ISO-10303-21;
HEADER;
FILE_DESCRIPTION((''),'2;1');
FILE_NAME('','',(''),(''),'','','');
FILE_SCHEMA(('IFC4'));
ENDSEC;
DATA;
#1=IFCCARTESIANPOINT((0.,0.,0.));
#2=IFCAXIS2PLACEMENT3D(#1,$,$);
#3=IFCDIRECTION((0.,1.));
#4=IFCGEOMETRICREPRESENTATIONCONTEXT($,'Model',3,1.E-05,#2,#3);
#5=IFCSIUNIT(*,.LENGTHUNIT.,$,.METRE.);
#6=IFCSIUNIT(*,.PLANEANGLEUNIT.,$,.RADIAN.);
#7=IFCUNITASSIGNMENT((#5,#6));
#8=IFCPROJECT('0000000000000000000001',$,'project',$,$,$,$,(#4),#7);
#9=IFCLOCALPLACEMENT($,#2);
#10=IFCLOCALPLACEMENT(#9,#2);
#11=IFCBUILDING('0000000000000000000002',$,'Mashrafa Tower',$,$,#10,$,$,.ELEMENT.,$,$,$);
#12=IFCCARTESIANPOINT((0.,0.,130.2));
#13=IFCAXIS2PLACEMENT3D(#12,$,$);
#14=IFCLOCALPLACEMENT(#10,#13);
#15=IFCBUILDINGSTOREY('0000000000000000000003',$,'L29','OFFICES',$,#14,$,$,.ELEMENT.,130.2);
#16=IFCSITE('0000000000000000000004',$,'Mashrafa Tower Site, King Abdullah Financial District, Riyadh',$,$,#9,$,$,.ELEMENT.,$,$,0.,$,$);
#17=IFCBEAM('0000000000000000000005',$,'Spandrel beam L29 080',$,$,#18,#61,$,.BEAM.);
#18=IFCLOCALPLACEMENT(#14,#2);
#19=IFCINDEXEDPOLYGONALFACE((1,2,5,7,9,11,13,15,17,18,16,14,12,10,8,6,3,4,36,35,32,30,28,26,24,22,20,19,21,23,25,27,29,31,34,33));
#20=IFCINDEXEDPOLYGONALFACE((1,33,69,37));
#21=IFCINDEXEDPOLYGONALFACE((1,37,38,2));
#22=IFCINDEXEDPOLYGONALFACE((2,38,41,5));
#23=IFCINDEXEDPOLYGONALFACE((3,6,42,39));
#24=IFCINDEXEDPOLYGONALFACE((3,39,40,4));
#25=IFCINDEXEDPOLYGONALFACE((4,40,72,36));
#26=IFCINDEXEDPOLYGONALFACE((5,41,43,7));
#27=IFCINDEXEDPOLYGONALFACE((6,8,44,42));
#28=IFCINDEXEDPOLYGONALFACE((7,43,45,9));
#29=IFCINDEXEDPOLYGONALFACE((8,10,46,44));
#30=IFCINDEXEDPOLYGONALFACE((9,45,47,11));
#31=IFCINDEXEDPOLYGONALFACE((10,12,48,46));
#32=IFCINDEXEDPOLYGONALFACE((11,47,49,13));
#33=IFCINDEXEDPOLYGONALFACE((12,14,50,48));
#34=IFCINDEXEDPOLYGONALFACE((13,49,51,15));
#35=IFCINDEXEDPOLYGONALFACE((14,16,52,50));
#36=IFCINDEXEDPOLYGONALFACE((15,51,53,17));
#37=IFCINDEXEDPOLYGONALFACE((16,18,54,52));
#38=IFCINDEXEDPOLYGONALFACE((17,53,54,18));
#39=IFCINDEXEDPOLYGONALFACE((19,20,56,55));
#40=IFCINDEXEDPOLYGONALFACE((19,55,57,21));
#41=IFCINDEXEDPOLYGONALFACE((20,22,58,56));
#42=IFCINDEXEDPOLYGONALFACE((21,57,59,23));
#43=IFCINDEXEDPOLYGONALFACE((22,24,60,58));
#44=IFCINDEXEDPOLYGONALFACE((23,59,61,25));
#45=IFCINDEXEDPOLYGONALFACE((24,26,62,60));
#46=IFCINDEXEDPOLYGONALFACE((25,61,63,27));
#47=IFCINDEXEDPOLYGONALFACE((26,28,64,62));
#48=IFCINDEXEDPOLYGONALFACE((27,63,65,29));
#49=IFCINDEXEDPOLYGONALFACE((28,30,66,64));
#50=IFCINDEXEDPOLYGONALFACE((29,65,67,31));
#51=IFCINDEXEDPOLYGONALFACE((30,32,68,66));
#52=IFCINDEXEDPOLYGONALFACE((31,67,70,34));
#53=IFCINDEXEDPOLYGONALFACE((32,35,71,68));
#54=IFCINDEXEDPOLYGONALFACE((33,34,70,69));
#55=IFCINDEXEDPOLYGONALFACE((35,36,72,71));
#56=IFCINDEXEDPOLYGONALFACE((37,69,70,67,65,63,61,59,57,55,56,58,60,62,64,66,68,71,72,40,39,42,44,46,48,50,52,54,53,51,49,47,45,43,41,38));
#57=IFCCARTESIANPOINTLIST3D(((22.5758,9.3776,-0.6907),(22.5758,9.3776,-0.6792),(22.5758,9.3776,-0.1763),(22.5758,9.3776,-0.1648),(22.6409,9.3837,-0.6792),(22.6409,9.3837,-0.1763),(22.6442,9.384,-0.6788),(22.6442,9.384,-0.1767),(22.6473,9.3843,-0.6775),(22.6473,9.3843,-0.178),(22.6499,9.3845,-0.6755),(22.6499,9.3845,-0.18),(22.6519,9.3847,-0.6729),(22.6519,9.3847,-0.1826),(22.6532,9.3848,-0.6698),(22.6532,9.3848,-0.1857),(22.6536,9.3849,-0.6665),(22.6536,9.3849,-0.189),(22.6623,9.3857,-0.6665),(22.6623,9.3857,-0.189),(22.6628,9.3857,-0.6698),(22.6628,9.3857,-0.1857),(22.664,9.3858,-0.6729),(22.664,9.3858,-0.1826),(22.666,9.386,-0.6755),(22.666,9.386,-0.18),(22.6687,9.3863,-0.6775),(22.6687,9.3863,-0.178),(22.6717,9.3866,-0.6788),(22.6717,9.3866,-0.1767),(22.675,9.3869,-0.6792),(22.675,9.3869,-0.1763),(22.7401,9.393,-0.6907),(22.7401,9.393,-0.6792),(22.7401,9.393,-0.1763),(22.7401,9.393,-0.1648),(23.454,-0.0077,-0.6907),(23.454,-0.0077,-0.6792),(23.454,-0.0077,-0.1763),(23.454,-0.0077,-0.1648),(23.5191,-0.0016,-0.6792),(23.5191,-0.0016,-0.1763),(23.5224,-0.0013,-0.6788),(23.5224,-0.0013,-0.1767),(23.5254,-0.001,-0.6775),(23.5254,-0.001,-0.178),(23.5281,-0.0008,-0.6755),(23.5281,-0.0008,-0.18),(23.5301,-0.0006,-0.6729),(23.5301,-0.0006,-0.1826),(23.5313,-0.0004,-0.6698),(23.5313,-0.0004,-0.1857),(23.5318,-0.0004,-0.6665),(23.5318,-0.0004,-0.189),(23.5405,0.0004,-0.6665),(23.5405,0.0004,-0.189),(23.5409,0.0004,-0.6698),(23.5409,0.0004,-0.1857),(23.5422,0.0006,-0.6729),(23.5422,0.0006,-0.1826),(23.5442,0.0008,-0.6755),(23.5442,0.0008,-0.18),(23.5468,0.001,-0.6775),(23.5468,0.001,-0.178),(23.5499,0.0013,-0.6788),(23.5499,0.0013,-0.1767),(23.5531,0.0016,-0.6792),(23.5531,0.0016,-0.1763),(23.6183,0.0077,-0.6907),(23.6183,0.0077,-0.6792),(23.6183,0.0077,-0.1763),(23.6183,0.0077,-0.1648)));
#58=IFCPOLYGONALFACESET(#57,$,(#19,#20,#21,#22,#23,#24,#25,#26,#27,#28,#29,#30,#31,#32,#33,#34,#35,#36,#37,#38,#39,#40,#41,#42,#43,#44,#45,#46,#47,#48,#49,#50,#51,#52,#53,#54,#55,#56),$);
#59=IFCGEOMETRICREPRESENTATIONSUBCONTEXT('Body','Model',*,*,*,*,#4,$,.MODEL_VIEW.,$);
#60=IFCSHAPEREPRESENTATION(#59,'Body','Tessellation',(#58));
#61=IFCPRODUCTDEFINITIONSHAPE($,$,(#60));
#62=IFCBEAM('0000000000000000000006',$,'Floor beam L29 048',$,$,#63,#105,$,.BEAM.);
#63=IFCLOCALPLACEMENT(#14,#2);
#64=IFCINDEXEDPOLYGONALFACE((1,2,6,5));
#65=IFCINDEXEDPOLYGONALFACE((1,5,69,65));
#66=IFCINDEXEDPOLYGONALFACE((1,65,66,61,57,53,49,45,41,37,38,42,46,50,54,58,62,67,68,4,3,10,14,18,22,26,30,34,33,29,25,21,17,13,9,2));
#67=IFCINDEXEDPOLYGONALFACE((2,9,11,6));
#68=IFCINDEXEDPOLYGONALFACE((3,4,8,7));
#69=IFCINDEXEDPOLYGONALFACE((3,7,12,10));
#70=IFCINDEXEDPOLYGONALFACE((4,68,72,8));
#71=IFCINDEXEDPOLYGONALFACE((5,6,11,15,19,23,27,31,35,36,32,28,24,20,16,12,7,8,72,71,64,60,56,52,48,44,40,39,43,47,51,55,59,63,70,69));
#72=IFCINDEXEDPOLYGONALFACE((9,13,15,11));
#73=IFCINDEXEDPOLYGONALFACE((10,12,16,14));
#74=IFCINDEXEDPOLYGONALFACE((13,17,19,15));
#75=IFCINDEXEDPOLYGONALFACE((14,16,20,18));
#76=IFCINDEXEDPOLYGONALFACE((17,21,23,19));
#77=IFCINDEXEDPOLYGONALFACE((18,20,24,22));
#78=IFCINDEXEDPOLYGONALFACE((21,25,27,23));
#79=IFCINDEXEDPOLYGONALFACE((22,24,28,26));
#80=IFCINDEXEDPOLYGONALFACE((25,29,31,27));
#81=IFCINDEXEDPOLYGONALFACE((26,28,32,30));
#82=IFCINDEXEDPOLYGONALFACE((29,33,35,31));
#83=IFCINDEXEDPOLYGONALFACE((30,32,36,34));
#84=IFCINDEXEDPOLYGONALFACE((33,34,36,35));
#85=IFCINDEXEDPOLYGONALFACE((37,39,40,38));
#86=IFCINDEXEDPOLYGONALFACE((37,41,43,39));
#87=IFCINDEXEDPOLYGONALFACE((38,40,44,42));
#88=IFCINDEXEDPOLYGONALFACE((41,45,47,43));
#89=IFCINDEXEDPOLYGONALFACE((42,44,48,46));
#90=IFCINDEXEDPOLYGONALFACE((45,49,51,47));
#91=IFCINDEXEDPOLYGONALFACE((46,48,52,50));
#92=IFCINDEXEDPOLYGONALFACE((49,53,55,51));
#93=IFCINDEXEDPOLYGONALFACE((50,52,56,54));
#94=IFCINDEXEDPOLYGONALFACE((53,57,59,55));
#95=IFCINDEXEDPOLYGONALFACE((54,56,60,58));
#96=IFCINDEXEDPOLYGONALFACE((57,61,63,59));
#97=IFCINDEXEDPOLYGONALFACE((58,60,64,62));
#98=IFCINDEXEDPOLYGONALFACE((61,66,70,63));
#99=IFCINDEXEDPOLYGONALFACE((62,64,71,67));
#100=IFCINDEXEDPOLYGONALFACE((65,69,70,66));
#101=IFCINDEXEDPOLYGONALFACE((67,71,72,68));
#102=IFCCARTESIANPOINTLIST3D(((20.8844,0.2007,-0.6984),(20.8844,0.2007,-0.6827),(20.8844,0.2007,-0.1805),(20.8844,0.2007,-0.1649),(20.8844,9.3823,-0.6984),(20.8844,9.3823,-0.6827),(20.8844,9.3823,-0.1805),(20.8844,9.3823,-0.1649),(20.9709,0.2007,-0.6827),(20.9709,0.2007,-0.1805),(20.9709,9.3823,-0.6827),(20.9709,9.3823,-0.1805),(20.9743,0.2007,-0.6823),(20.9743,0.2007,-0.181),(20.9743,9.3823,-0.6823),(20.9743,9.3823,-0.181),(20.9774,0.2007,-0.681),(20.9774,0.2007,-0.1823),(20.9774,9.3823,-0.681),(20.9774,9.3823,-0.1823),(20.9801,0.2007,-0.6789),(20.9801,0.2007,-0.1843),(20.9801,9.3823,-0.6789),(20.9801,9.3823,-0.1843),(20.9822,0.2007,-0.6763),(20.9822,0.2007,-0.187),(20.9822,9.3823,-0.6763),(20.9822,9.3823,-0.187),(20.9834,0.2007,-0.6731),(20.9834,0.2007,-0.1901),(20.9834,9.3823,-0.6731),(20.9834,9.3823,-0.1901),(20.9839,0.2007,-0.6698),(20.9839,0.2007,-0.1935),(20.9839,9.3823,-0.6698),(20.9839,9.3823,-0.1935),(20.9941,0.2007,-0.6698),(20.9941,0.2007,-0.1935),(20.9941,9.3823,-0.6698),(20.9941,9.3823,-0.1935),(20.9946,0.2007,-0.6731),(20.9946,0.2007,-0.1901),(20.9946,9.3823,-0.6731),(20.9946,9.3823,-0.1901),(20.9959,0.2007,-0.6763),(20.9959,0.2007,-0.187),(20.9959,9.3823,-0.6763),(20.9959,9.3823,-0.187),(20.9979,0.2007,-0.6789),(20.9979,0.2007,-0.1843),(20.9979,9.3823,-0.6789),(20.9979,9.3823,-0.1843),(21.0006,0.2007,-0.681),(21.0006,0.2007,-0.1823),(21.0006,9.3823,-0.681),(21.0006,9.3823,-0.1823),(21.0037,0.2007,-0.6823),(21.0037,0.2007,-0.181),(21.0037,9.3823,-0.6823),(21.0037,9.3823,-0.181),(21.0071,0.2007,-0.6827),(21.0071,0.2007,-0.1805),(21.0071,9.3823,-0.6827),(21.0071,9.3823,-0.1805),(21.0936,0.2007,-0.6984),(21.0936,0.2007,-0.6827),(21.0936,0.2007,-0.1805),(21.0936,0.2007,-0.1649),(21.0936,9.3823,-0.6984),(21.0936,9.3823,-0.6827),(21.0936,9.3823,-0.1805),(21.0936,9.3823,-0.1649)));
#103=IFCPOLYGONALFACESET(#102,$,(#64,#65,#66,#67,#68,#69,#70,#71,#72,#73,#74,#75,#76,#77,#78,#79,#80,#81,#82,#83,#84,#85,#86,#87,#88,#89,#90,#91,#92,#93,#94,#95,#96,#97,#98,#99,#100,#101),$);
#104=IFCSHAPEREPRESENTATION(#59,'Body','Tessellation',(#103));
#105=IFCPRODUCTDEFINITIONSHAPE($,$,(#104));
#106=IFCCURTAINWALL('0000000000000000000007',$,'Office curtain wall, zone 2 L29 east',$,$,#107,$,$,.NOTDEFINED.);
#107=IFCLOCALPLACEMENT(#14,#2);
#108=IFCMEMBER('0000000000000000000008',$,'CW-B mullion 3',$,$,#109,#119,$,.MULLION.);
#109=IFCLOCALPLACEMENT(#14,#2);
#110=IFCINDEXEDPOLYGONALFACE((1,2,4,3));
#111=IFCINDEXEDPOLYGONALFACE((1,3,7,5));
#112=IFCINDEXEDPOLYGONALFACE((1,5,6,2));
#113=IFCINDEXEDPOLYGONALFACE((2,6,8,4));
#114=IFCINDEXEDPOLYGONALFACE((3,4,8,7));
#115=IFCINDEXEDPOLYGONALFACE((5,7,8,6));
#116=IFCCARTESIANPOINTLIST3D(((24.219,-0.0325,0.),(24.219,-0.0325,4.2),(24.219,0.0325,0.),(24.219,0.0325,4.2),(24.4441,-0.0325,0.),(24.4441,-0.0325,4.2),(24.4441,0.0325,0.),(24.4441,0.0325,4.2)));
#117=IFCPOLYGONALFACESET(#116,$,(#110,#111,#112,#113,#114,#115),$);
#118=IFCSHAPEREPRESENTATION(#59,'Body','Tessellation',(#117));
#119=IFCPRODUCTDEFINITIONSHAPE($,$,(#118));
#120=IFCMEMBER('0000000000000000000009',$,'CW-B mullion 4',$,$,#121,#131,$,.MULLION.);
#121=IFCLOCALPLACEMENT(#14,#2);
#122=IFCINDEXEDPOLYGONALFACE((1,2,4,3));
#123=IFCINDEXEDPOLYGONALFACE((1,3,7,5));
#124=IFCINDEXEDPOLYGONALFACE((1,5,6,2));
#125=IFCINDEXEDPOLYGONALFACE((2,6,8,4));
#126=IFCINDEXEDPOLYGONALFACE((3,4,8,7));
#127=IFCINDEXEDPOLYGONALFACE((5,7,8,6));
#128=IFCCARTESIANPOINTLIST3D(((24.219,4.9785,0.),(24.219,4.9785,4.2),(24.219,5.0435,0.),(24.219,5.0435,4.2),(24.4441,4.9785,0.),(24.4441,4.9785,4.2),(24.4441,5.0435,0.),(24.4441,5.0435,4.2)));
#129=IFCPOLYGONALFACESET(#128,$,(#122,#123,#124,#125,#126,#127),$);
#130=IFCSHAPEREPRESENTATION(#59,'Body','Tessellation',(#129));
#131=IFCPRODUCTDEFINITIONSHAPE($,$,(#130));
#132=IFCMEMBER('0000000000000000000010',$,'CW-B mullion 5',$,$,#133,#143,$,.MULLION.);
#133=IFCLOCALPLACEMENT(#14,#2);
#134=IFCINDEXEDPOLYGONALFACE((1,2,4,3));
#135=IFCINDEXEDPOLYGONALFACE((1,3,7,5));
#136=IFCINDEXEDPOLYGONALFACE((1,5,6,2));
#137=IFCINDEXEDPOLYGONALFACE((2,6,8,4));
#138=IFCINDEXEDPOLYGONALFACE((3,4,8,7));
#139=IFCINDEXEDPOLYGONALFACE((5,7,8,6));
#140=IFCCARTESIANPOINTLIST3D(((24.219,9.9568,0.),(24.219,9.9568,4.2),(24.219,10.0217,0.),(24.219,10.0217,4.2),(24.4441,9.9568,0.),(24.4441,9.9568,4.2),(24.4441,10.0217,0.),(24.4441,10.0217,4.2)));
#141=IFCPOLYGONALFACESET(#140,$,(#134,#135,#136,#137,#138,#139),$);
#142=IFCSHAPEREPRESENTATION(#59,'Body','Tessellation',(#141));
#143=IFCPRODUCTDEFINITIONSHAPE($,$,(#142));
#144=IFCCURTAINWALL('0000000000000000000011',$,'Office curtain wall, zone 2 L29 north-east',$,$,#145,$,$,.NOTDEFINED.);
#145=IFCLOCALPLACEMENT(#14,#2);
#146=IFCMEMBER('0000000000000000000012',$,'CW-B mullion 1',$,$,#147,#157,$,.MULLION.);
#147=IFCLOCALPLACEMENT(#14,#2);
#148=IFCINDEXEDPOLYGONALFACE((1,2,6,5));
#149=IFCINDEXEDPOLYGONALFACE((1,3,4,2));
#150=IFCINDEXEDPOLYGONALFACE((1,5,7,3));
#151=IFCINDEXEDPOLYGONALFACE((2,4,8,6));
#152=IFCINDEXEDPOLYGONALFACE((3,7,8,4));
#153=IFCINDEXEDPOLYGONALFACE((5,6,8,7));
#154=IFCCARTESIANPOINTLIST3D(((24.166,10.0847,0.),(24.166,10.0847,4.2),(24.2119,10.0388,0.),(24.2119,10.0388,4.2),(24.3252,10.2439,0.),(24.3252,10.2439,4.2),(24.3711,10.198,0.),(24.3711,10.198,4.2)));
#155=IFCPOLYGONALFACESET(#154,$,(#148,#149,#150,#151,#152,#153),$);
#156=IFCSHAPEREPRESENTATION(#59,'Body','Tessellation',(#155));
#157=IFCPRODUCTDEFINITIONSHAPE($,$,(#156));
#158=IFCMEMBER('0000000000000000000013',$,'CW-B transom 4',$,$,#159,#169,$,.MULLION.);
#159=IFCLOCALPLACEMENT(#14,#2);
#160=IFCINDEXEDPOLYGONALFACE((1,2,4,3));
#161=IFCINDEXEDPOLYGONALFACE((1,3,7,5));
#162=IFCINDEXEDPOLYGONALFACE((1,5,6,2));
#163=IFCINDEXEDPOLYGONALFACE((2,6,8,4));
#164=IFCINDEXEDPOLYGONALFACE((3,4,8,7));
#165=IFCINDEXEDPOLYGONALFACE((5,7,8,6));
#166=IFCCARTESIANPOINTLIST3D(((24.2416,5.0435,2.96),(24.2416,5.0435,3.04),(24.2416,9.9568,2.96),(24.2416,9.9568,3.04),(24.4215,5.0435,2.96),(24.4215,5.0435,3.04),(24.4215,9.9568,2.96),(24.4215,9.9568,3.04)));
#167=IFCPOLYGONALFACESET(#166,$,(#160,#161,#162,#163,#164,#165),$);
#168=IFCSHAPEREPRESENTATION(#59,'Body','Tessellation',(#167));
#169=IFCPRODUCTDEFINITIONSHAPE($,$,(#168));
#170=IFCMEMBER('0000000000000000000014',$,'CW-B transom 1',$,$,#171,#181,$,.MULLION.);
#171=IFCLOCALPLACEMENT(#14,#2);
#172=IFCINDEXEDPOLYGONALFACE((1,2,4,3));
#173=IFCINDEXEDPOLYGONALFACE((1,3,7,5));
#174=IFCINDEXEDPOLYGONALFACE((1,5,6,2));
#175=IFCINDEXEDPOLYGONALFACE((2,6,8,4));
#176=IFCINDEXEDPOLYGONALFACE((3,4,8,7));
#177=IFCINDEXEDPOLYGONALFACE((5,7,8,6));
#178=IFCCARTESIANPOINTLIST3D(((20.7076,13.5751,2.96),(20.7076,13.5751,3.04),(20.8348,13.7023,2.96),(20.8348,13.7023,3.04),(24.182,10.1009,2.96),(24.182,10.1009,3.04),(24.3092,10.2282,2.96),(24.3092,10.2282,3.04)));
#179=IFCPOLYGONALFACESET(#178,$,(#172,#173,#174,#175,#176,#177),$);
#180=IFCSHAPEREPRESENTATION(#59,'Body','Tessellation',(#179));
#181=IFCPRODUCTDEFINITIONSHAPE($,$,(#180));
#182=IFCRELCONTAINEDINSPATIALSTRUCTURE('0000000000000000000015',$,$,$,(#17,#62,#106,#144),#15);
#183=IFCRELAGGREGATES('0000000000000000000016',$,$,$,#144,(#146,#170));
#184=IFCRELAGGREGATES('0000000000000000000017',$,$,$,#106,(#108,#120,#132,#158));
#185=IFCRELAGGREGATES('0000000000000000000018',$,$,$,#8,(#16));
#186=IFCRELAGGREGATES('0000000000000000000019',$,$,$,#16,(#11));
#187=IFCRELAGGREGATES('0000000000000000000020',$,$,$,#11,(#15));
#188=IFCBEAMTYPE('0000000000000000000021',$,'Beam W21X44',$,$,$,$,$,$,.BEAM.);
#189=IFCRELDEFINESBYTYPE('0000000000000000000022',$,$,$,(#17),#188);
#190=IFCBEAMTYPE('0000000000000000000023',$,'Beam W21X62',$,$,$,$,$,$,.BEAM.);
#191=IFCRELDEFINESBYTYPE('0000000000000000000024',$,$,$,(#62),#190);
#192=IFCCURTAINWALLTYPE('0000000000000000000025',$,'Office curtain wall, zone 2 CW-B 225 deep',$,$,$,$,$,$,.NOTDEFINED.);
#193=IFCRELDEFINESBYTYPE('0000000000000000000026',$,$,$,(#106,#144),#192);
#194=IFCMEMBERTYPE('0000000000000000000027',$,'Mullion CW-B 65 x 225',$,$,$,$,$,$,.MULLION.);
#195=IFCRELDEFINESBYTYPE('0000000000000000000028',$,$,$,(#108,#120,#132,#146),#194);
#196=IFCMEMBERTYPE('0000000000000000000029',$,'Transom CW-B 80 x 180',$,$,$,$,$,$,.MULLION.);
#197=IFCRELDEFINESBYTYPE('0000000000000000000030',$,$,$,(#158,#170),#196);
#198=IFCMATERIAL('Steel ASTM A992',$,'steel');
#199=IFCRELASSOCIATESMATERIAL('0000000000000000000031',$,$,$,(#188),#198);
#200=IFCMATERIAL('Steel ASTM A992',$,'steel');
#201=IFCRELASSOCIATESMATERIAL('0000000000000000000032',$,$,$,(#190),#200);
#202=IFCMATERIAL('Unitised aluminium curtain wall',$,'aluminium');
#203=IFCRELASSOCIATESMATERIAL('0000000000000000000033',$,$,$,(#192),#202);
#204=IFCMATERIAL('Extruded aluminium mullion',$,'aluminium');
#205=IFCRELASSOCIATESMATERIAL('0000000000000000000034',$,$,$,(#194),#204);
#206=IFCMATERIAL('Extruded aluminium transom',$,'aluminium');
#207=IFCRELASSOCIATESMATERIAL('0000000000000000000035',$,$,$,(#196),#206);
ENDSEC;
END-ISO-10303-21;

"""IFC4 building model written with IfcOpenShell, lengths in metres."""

from ifc_helpers import new_model, si_unit, direction, frame, origin, origin_2d, place, context, subcontext, project, spatial, rectangle, i_section, extrude, source, transform, mapped, material, material_profile, profile_set, type_object, type_shapes, element, aggregate, save


model = new_model("IFC4")

# Units and contexts
model_context = context("Model", 3, precision=1e-05, world=origin(), true_north=direction((0.0, 1.0)))
body_context = subcontext(model_context, "Body", "Model", "MODEL_VIEW")
ifc_project = project(units=[si_unit("LENGTHUNIT", "METRE"), si_unit("PLANEANGLEUNIT", "RADIAN")], contexts=[model_context])

# Site, building, storey
site_placement = place(None, origin())
site = spatial("IfcSite", under=ifc_project, at=site_placement, Name="Mashrafa Tower Site, King Abdullah Financial District, Riyadh", CompositionType="ELEMENT", RefElevation=0.0)
building_placement = place(site_placement, origin())
building = spatial("IfcBuilding", under=site, at=building_placement, Name="Mashrafa Tower", CompositionType="ELEMENT")
storey_placement = place(building_placement, frame((0.0, 0.0, 130.2)))
storey = spatial("IfcBuildingStorey", under=building, at=storey_placement, Name="L29", Description="OFFICES", CompositionType="ELEMENT", Elevation=130.2)

# Beams
ifc_material_1 = material(Name="Steel ASTM A992", Category="steel")
ifc_material_profile_1 = material_profile(ifc_material_1, i_section(OverallWidth=0.165, OverallDepth=0.5259, WebThickness=0.0088, FlangeThickness=0.0115, FilletRadius=0.0127, at=origin_2d()), Name="W21X44")
ifc_profile_set_1 = profile_set([ifc_material_profile_1], Name="Steel ASTM A992")
beam_type_1 = type_object("IfcBeamType", Name="Beam W21X44", PredefinedType="BEAM", material=ifc_profile_set_1)
for number, where, z_axis, x_axis, name in (
    (1, (23.5361, 0.0, -0.4277), (-0.093163, 0.995651, 0.0), (-0.995651, -0.093163, 0.0), "Spandrel beam L29 080"),
):
    element("IfcBeam", number, at=place(storey_placement, frame(where, z_axis=z_axis, x_axis=x_axis)), inside=storey, type_object=beam_type_1, Name=name, PredefinedType="BEAM", context=body_context, shape_type="SweptSolid", body=[
        extrude(i_section(OverallWidth=0.165, OverallDepth=0.5259, WebThickness=0.0088, FlangeThickness=0.0115, FilletRadius=0.0127, at=origin_2d()), origin(), (0.0, 0.0, 1.0), 9.4263),
    ])
ifc_material_2 = material(Name="Steel ASTM A992", Category="steel")
ifc_material_profile_2 = material_profile(ifc_material_2, i_section(OverallWidth=0.2092, OverallDepth=0.5334, WebThickness=0.0103, FlangeThickness=0.0156, FilletRadius=0.0129, at=origin_2d()), Name="W21X62")
ifc_profile_set_2 = profile_set([ifc_material_profile_2], Name="Steel ASTM A992")
beam_type_2 = type_object("IfcBeamType", Name="Beam W21X62", PredefinedType="BEAM", material=ifc_profile_set_2)
beam_1_placement = place(storey_placement, frame((20.989, 9.3823, -0.4316), z_axis=(0.0, -1.0, 0.0), x_axis=(1.0, 0.0, 0.0)))
element("IfcBeam", 2, at=beam_1_placement, inside=storey, type_object=beam_type_2, Name="Floor beam L29 048", PredefinedType="BEAM", context=body_context, shape_type="SweptSolid", body=[
    extrude(i_section(OverallWidth=0.2092, OverallDepth=0.5334, WebThickness=0.0103, FlangeThickness=0.0156, FilletRadius=0.0129, at=origin_2d()), origin(), (0.0, 0.0, 1.0), 9.1816),
])

# Curtain wall, members
ifc_material_3 = material(Name="Unitised aluminium curtain wall", Category="aluminium")
curtain_wall_type = type_object("IfcCurtainWallType", Name="Office curtain wall, zone 2 CW-B 225 deep", PredefinedType="NOTDEFINED", material=ifc_material_3)
curtain_wall_1_placement = place(storey_placement, origin())
curtain_wall_1 = element("IfcCurtainWall", 3, at=curtain_wall_1_placement, inside=storey, type_object=curtain_wall_type, Name="Office curtain wall, zone 2 L29 east", PredefinedType="NOTDEFINED")
ifc_material_4 = material(Name="Extruded aluminium mullion", Category="aluminium")
ifc_material_profile_3 = material_profile(ifc_material_4, rectangle(XDim=0.2251, YDim=0.0649, at=origin_2d()), Name="Mullion 65x225")
ifc_profile_set_3 = profile_set([ifc_material_profile_3], Name="Extruded aluminium mullion")
member_type_1 = type_object("IfcMemberType", Name="Mullion CW-B 65 x 225", PredefinedType="MULLION", material=ifc_profile_set_3)
shared_shape_1 = source(origin(), body_context, "Body", "SweptSolid", [
    extrude(rectangle(XDim=0.2251, YDim=0.0649, at=origin_2d()), origin(), (0.0, 0.0, 1.0), 4.2),
])
type_shapes(member_type_1, [shared_shape_1])
member_1_placement = place(storey_placement, frame((24.3315, 0.0, 0.0), z_axis=(0.0, 0.0, 1.0), x_axis=(-1.0, 0.0, 0.0)))
member_1 = element("IfcMember", 4, at=member_1_placement, type_object=member_type_1, Name="CW-B mullion 3", PredefinedType="MULLION", context=body_context, shape_type="MappedRepresentation", body=[
    mapped(shared_shape_1, transform((0.0, 0.0, 0.0))),
])
member_2_placement = place(storey_placement, frame((24.3315, 5.011, 0.0), z_axis=(0.0, 0.0, 1.0), x_axis=(-1.0, 0.0, 0.0)))
member_2 = element("IfcMember", 5, at=member_2_placement, type_object=member_type_1, Name="CW-B mullion 4", PredefinedType="MULLION", context=body_context, shape_type="MappedRepresentation", body=[
    mapped(shared_shape_1, transform((0.0, 0.0, 0.0))),
])
member_3_placement = place(storey_placement, frame((24.3315, 9.9893, 0.0), z_axis=(0.0, 0.0, 1.0), x_axis=(-1.0, 0.0, 0.0)))
member_3 = element("IfcMember", 6, at=member_3_placement, type_object=member_type_1, Name="CW-B mullion 5", PredefinedType="MULLION", context=body_context, shape_type="MappedRepresentation", body=[
    mapped(shared_shape_1, transform((0.0, 0.0, 0.0))),
])

# Curtain wall, member
curtain_wall_2_placement = place(storey_placement, origin())
curtain_wall_2 = element("IfcCurtainWall", 7, at=curtain_wall_2_placement, inside=storey, type_object=curtain_wall_type, Name="Office curtain wall, zone 2 L29 north-east", PredefinedType="NOTDEFINED")
member_4_placement = place(storey_placement, frame((24.2686, 10.1414, 0.0), z_axis=(0.0, 0.0, 1.0), x_axis=(-0.707107, -0.707107, 0.0)))
member_4 = element("IfcMember", 8, at=member_4_placement, type_object=member_type_1, Name="CW-B mullion 1", PredefinedType="MULLION", context=body_context, shape_type="MappedRepresentation", body=[
    mapped(shared_shape_1, transform((0.0, 0.0, 0.0))),
])

# Members
ifc_material_5 = material(Name="Extruded aluminium transom", Category="aluminium")
ifc_material_profile_4 = material_profile(ifc_material_5, rectangle(XDim=0.1799, YDim=0.0801, at=origin_2d()), Name="Transom 80x180")
ifc_profile_set_4 = profile_set([ifc_material_profile_4], Name="Extruded aluminium transom")
member_type_2 = type_object("IfcMemberType", Name="Transom CW-B 80 x 180", PredefinedType="MULLION", material=ifc_profile_set_4)
shared_shape_2 = source(origin(), body_context, "Body", "SweptSolid", [
    extrude(rectangle(XDim=0.1799, YDim=0.0801, at=origin_2d()), origin(), (0.0, 0.0, 1.0), 4.9133),
])
member_5_placement = place(storey_placement, frame((24.3315, 5.0435, 3.0), z_axis=(0.0, 1.0, 0.0), x_axis=(-1.0, 0.0, 0.0)))
member_5 = element("IfcMember", 9, at=member_5_placement, type_object=member_type_2, Name="CW-B transom 4", PredefinedType="MULLION", context=body_context, shape_type="MappedRepresentation", body=[
    mapped(shared_shape_2, transform((0.0, 0.0, 0.0))),
])
member_6_placement = place(storey_placement, frame((24.2456, 10.1646, 3.0), z_axis=(-0.707132, 0.707082, 0.0), x_axis=(-0.707082, -0.707132, 0.0)))
member_6 = element("IfcMember", 10, at=member_6_placement, type_object=member_type_2, Name="CW-B transom 1", PredefinedType="MULLION", context=body_context, shape_type="MappedRepresentation", body=[
    mapped(shared_shape_2, transform((0.0, 0.0, 0.0))),
])
aggregate(curtain_wall_2, [member_4, member_6])

aggregate(curtain_wall_1, [member_1, member_2, member_3, member_5])

save(model, "model.ifc")
